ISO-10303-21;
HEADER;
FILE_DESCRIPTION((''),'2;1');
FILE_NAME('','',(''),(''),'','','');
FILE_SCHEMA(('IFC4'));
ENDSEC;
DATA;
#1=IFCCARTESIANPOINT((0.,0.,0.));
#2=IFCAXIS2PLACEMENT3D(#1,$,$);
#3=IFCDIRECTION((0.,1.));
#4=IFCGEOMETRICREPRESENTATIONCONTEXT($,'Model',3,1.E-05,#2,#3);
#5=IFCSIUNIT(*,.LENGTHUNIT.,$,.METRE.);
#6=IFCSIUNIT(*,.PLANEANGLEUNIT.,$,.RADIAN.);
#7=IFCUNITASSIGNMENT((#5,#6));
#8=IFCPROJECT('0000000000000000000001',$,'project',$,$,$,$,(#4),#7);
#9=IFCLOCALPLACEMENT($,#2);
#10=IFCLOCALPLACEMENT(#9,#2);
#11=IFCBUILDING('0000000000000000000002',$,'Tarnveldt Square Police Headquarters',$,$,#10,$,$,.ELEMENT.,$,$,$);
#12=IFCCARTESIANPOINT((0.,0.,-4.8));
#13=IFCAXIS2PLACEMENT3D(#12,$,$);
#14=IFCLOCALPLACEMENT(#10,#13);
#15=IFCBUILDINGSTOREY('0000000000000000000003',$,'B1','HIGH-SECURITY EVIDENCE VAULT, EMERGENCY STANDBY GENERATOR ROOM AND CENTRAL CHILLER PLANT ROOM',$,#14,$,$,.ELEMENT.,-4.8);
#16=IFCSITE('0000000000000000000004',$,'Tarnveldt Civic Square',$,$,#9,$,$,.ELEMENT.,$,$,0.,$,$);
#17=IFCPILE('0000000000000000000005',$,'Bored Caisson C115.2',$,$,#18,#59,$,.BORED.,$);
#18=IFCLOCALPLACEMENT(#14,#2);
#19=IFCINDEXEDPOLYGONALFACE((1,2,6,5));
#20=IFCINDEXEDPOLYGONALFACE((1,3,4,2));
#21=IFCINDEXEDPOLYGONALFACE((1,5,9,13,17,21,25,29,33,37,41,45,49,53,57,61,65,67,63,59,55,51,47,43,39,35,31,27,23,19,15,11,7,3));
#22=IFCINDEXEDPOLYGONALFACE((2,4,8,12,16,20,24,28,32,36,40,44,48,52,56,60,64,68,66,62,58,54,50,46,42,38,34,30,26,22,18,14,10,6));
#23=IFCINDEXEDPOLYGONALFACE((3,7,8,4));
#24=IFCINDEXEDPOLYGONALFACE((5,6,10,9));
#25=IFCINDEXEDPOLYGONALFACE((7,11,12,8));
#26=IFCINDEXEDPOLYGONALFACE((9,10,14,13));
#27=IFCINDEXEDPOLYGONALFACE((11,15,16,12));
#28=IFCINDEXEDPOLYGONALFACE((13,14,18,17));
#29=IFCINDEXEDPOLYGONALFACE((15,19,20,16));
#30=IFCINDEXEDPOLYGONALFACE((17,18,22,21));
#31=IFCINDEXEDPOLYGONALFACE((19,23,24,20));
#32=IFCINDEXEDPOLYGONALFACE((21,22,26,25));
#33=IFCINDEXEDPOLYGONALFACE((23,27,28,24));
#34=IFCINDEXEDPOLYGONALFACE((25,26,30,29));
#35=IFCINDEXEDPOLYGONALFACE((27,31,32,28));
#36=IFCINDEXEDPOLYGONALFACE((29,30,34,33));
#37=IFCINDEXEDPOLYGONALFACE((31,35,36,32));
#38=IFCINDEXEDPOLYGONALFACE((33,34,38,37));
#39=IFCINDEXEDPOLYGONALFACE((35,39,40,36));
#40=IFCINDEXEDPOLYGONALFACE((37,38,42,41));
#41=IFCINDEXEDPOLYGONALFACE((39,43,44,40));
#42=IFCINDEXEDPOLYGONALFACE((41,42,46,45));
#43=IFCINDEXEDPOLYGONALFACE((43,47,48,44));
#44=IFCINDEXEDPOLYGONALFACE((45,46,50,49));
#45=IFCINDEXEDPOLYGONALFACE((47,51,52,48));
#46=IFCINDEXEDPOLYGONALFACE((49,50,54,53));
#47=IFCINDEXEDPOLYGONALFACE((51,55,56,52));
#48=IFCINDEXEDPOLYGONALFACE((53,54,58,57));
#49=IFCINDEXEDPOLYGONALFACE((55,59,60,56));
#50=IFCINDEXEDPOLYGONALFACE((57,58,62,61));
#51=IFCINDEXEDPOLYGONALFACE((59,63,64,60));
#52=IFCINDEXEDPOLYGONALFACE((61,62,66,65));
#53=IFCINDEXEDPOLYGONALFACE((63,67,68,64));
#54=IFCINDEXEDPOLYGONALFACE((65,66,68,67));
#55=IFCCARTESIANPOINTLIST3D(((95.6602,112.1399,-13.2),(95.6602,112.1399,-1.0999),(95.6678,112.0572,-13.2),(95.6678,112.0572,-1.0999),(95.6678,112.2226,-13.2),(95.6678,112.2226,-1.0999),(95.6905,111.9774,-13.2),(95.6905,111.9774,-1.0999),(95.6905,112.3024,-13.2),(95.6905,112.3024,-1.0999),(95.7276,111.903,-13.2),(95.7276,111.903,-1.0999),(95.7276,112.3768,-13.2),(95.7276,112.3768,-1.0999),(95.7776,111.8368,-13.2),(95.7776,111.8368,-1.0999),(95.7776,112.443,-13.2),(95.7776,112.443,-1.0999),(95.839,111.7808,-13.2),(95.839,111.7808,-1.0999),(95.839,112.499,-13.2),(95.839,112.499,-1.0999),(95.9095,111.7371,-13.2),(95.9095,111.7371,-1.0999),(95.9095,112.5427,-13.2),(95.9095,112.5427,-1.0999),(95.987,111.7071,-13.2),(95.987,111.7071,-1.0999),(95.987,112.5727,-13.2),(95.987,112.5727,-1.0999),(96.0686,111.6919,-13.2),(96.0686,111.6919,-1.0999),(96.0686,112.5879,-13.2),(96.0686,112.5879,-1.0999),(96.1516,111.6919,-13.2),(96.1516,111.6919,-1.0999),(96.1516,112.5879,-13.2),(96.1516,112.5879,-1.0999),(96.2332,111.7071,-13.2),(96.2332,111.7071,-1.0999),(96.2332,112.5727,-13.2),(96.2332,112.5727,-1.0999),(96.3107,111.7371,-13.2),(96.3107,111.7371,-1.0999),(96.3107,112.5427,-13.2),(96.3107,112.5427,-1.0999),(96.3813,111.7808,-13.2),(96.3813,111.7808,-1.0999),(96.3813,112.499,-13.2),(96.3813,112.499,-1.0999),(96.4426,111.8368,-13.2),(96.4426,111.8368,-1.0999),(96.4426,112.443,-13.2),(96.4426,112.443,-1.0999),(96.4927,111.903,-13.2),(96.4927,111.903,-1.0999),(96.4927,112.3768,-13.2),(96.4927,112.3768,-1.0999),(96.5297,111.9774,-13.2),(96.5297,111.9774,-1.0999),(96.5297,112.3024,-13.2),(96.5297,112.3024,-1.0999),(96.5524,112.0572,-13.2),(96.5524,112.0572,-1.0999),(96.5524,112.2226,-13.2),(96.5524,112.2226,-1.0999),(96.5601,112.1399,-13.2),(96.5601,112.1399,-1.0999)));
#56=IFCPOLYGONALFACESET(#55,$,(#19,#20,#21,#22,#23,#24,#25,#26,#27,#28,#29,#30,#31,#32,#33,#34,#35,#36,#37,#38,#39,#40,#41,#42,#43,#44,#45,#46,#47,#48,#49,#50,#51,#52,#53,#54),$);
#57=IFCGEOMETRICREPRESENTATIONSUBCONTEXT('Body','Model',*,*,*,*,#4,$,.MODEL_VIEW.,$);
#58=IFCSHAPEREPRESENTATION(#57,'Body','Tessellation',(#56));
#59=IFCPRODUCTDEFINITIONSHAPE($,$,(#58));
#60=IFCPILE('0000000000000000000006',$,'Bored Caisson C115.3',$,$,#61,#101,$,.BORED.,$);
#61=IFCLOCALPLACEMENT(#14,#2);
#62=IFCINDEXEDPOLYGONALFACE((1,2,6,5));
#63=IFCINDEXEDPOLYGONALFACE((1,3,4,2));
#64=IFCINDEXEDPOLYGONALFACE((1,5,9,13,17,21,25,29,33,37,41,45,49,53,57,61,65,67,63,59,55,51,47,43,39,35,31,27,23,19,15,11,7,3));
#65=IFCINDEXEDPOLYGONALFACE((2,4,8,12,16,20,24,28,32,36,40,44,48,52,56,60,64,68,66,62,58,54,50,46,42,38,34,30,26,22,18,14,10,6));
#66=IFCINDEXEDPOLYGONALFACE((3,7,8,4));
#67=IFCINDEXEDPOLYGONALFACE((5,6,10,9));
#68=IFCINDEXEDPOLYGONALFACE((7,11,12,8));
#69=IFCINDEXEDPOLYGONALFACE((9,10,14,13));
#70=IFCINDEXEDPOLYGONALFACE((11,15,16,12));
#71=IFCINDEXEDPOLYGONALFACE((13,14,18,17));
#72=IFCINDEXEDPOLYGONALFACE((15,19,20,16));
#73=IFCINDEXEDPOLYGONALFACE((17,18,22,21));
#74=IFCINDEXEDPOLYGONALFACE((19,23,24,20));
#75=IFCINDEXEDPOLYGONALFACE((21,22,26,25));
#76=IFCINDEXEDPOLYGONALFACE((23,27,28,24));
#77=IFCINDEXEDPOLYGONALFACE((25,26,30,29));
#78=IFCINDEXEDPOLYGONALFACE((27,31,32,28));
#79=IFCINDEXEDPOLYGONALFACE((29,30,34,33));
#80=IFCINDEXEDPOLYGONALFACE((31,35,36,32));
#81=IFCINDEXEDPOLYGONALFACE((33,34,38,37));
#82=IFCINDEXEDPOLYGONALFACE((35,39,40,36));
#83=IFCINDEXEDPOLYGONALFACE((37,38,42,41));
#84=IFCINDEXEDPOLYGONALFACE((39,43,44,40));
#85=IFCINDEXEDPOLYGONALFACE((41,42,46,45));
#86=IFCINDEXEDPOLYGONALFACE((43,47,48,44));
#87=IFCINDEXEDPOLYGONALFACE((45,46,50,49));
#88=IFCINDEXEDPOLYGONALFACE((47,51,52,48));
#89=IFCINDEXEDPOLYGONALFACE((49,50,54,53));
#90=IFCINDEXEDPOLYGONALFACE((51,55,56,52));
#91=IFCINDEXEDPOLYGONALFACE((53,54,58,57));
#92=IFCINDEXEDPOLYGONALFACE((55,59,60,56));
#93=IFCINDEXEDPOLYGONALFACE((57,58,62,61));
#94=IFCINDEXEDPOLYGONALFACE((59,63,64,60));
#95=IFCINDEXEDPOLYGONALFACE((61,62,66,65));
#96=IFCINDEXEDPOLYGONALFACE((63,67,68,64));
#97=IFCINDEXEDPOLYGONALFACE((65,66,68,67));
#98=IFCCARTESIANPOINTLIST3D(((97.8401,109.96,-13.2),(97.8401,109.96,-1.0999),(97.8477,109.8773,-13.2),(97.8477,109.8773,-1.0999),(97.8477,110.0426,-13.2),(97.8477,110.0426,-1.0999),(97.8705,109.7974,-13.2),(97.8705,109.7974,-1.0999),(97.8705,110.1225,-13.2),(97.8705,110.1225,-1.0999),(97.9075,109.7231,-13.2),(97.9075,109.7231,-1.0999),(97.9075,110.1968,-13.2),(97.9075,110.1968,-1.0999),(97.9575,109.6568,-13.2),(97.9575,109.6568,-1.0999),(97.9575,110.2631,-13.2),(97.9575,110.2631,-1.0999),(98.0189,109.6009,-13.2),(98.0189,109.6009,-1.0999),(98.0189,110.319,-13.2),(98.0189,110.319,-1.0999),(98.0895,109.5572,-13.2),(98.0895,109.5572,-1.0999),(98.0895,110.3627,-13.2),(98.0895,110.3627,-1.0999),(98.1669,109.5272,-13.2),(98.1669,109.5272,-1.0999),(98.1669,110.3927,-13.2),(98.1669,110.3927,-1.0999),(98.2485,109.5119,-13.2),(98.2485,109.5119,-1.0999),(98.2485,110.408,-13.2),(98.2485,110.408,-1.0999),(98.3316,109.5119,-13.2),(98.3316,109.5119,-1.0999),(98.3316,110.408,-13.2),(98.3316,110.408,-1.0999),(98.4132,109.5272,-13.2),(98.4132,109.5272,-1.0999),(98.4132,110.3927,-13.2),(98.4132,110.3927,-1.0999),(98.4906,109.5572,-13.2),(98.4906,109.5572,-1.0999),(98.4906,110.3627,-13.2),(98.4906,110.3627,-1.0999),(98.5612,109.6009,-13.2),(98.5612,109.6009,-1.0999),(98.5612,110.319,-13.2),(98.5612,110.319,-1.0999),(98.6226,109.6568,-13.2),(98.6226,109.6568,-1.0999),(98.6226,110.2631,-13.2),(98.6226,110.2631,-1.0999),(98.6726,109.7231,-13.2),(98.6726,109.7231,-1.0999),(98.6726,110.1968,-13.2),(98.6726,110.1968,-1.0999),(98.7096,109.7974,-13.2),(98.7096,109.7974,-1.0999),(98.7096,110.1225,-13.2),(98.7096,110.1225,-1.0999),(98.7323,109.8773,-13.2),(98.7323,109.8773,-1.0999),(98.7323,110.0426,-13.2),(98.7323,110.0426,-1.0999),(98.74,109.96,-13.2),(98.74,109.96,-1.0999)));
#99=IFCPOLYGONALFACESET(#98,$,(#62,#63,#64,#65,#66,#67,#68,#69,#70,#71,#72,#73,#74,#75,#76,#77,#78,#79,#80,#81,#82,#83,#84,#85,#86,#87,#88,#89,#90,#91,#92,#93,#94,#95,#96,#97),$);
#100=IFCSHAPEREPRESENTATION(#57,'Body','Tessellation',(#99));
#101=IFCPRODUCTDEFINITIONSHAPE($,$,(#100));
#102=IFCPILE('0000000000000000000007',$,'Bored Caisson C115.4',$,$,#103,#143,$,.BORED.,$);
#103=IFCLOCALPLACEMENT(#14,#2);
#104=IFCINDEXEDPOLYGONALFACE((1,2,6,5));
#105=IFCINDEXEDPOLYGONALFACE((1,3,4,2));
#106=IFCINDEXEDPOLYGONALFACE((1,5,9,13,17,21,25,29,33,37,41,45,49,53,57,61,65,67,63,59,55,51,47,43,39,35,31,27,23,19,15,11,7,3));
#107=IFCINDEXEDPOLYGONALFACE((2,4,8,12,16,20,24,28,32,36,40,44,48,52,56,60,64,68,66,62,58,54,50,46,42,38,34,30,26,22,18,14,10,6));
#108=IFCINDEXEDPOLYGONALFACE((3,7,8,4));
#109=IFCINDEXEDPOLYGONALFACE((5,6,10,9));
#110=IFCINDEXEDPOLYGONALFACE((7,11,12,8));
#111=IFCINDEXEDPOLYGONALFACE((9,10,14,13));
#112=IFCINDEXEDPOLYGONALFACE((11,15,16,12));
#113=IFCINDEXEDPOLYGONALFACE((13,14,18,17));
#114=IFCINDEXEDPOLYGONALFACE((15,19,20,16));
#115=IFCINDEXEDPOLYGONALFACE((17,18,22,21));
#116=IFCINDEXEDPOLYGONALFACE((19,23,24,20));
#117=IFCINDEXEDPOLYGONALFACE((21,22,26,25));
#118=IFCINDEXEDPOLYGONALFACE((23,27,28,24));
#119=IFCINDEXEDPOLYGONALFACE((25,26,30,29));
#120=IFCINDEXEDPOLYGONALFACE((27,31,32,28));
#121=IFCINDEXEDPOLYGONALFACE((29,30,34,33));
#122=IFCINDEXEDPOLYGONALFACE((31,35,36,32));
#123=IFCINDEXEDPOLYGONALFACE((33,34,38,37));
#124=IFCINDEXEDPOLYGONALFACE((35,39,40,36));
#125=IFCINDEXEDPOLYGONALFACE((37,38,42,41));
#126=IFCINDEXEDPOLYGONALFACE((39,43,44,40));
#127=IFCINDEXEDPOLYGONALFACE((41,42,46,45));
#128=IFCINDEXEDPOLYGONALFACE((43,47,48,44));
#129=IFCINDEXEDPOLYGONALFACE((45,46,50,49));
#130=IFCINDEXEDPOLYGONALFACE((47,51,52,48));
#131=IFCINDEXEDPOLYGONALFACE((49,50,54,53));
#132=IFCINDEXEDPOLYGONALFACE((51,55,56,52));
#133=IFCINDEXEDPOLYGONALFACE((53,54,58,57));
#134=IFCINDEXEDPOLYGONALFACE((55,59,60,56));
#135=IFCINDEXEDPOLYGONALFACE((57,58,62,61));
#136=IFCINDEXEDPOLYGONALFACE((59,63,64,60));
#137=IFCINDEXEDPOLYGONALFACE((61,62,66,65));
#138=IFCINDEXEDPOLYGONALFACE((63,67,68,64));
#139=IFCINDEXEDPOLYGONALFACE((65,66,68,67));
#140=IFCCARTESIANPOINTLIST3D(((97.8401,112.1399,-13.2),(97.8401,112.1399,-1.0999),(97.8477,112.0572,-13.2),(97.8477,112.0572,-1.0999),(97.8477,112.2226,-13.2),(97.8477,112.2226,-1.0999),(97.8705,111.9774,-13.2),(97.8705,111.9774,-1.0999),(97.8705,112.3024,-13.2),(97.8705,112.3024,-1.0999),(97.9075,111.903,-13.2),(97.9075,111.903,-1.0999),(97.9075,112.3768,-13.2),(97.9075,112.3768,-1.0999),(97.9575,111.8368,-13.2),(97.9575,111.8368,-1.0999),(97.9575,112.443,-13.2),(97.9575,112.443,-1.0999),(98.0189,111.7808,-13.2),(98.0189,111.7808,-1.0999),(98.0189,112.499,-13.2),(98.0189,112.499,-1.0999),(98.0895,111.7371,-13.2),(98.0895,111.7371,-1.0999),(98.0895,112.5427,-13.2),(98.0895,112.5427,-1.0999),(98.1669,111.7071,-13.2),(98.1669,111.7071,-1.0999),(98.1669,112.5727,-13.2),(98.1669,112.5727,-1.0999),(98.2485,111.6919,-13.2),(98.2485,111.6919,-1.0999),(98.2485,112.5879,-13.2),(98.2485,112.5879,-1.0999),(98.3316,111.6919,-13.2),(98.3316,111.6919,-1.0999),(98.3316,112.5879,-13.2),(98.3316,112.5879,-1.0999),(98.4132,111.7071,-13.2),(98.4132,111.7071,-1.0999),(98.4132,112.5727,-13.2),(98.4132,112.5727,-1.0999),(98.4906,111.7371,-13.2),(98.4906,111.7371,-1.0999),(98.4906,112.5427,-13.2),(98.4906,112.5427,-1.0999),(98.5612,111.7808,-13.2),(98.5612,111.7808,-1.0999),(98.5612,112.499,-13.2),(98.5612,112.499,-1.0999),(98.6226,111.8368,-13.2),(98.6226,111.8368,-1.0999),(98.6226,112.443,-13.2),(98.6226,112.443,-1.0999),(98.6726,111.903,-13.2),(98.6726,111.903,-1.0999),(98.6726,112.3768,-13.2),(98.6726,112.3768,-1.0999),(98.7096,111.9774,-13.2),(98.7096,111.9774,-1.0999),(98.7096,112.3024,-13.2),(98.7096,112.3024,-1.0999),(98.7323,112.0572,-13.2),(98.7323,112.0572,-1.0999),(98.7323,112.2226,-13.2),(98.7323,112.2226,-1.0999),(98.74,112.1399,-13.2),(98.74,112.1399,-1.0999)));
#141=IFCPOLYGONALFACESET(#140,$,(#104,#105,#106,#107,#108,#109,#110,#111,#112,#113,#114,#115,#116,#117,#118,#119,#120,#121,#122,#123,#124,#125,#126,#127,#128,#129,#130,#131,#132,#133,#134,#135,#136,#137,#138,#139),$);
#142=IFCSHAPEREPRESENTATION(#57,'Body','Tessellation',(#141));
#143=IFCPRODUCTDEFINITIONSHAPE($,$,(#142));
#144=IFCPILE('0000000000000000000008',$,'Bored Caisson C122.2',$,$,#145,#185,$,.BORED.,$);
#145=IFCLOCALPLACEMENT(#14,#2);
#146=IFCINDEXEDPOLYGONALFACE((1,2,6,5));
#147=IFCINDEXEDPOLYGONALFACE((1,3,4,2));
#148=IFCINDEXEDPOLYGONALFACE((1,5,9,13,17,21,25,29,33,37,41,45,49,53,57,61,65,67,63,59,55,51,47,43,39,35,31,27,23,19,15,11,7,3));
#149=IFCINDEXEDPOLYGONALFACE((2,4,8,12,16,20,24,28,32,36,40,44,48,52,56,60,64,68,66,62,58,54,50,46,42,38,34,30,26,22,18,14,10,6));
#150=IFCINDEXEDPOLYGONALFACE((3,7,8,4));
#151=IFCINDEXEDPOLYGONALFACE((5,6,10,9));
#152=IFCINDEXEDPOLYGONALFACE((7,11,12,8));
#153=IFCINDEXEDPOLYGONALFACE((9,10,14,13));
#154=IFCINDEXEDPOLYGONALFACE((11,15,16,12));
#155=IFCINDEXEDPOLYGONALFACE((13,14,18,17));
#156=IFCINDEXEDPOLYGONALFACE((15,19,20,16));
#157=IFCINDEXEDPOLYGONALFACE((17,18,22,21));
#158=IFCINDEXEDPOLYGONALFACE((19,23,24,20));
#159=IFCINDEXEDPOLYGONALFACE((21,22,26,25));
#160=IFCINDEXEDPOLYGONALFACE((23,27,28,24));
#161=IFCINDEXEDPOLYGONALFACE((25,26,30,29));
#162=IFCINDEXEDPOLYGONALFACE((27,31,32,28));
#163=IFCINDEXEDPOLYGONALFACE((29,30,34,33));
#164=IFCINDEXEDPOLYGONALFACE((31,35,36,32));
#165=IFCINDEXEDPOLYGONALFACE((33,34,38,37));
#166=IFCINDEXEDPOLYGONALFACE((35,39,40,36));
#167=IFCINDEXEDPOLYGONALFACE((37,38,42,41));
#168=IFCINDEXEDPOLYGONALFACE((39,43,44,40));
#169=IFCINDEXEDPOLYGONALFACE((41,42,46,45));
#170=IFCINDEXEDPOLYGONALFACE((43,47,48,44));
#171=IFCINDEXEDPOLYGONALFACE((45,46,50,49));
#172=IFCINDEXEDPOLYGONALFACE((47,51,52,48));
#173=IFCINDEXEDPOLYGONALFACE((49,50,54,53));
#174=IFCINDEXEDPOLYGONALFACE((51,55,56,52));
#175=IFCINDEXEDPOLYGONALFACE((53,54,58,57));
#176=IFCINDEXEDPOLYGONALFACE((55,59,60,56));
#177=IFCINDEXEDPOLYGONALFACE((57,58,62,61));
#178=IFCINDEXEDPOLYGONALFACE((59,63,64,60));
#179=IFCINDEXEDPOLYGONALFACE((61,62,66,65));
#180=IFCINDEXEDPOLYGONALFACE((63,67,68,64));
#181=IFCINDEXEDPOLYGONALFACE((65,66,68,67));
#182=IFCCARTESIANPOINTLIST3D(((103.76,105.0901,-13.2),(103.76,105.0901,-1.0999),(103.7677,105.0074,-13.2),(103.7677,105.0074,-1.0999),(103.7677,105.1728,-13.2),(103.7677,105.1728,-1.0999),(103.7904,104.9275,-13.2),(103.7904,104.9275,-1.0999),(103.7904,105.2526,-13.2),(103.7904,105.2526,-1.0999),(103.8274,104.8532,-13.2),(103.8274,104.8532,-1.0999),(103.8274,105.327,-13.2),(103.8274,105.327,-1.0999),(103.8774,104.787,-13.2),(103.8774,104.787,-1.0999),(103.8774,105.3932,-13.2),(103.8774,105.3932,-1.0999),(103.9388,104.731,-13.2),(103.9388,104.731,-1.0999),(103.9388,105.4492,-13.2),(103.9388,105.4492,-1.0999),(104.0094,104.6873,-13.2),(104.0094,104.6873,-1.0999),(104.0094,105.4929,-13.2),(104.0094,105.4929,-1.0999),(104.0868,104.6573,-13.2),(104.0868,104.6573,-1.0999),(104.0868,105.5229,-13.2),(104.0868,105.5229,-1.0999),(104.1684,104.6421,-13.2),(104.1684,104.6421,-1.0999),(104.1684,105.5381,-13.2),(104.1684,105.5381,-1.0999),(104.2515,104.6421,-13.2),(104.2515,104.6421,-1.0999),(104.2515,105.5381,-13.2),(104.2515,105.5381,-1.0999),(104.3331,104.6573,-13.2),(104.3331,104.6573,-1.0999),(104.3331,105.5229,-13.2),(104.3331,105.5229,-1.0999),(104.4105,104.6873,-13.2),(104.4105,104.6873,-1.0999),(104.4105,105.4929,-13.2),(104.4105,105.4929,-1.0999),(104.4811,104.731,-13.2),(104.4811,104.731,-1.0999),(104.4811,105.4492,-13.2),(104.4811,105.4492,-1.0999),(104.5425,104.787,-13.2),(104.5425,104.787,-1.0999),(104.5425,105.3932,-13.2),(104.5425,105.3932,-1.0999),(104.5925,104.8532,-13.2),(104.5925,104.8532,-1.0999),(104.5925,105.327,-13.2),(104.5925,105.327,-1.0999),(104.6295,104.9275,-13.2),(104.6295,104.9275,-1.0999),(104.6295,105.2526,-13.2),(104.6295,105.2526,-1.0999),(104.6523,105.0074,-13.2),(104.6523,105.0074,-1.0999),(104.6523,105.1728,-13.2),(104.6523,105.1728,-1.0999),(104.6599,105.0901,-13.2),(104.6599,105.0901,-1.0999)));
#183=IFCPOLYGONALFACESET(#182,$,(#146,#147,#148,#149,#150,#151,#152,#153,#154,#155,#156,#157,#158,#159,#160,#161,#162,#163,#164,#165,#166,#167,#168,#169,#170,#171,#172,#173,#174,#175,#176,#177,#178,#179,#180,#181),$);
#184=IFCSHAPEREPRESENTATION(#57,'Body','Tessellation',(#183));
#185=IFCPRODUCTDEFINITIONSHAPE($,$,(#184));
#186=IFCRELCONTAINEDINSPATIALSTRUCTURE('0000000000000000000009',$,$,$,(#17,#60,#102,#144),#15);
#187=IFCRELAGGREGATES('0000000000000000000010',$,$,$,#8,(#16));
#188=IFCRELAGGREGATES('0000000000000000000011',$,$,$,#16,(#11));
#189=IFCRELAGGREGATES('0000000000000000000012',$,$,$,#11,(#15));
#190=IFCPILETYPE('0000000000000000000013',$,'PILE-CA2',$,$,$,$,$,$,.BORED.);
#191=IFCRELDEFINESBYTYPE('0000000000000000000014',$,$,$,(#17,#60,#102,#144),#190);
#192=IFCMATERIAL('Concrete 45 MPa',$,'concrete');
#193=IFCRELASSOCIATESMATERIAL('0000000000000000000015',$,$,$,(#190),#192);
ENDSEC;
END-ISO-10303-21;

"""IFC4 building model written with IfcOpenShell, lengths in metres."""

from ifc_helpers import new_model, si_unit, direction, frame, origin, origin_2d, place, context, subcontext, project, spatial, circle, extrude, material, material_profile, profile_set, type_object, element, save


model = new_model("IFC4")

# Units and contexts
model_context = context("Model", 3, precision=1e-05, world=origin(), true_north=direction((0.0, 1.0)))
body_context = subcontext(model_context, "Body", "Model", "MODEL_VIEW")
ifc_project = project(units=[si_unit("LENGTHUNIT", "METRE"), si_unit("PLANEANGLEUNIT", "RADIAN")], contexts=[model_context])

# Site, building, storey
site_placement = place(None, origin())
site = spatial("IfcSite", under=ifc_project, at=site_placement, Name="Tarnveldt Civic Square", CompositionType="ELEMENT", RefElevation=0.0)
building_placement = place(site_placement, origin())
building = spatial("IfcBuilding", under=site, at=building_placement, Name="Tarnveldt Square Police Headquarters", CompositionType="ELEMENT")
storey_placement = place(building_placement, frame((0.0, 0.0, -4.8)))
storey = spatial("IfcBuildingStorey", under=building, at=storey_placement, Name="B1", Description="HIGH-SECURITY EVIDENCE VAULT, EMERGENCY STANDBY GENERATOR ROOM AND CENTRAL CHILLER PLANT ROOM", CompositionType="ELEMENT", Elevation=-4.8)

# Shared definitions
ifc_material_1 = material(Name="Concrete 45 MPa", Category="concrete")

# Piles
ifc_material_profile_1 = material_profile(ifc_material_1, circle(Radius=0.45, at=origin_2d()), Name="CAISSON-D900")
ifc_profile_set_1 = profile_set([ifc_material_profile_1], Name="Concrete 45 MPa")
pile_type = type_object("IfcPileType", Name="PILE-CA2", PredefinedType="BORED", material=ifc_profile_set_1)
for number, where, z_axis, x_axis, name in (
    (1, (96.1101, 112.1399, -1.0999), (0.0, 0.0, -1.0), (1.0, 0.0, 0.0), "Bored Caisson C115.2"),
    (2, (98.29, 109.96, -1.0999), (0.0, 0.0, -1.0), (1.0, 0.0, 0.0), "Bored Caisson C115.3"),
    (3, (98.29, 112.1399, -1.0999), (0.0, 0.0, -1.0), (1.0, 0.0, 0.0), "Bored Caisson C115.4"),
    (4, (104.21, 105.0901, -1.0999), (0.0, 0.0, -1.0), (1.0, 0.0, 0.0), "Bored Caisson C122.2"),
):
    element("IfcPile", number, at=place(storey_placement, frame(where, z_axis=z_axis, x_axis=x_axis)), inside=storey, type_object=pile_type, Name=name, PredefinedType="BORED", context=body_context, shape_type="SweptSolid", body=[
        extrude(circle(Radius=0.45, at=origin_2d()), origin(), (0.0, 0.0, 1.0), 12.1001),
    ])

save(model, "model.ifc")
